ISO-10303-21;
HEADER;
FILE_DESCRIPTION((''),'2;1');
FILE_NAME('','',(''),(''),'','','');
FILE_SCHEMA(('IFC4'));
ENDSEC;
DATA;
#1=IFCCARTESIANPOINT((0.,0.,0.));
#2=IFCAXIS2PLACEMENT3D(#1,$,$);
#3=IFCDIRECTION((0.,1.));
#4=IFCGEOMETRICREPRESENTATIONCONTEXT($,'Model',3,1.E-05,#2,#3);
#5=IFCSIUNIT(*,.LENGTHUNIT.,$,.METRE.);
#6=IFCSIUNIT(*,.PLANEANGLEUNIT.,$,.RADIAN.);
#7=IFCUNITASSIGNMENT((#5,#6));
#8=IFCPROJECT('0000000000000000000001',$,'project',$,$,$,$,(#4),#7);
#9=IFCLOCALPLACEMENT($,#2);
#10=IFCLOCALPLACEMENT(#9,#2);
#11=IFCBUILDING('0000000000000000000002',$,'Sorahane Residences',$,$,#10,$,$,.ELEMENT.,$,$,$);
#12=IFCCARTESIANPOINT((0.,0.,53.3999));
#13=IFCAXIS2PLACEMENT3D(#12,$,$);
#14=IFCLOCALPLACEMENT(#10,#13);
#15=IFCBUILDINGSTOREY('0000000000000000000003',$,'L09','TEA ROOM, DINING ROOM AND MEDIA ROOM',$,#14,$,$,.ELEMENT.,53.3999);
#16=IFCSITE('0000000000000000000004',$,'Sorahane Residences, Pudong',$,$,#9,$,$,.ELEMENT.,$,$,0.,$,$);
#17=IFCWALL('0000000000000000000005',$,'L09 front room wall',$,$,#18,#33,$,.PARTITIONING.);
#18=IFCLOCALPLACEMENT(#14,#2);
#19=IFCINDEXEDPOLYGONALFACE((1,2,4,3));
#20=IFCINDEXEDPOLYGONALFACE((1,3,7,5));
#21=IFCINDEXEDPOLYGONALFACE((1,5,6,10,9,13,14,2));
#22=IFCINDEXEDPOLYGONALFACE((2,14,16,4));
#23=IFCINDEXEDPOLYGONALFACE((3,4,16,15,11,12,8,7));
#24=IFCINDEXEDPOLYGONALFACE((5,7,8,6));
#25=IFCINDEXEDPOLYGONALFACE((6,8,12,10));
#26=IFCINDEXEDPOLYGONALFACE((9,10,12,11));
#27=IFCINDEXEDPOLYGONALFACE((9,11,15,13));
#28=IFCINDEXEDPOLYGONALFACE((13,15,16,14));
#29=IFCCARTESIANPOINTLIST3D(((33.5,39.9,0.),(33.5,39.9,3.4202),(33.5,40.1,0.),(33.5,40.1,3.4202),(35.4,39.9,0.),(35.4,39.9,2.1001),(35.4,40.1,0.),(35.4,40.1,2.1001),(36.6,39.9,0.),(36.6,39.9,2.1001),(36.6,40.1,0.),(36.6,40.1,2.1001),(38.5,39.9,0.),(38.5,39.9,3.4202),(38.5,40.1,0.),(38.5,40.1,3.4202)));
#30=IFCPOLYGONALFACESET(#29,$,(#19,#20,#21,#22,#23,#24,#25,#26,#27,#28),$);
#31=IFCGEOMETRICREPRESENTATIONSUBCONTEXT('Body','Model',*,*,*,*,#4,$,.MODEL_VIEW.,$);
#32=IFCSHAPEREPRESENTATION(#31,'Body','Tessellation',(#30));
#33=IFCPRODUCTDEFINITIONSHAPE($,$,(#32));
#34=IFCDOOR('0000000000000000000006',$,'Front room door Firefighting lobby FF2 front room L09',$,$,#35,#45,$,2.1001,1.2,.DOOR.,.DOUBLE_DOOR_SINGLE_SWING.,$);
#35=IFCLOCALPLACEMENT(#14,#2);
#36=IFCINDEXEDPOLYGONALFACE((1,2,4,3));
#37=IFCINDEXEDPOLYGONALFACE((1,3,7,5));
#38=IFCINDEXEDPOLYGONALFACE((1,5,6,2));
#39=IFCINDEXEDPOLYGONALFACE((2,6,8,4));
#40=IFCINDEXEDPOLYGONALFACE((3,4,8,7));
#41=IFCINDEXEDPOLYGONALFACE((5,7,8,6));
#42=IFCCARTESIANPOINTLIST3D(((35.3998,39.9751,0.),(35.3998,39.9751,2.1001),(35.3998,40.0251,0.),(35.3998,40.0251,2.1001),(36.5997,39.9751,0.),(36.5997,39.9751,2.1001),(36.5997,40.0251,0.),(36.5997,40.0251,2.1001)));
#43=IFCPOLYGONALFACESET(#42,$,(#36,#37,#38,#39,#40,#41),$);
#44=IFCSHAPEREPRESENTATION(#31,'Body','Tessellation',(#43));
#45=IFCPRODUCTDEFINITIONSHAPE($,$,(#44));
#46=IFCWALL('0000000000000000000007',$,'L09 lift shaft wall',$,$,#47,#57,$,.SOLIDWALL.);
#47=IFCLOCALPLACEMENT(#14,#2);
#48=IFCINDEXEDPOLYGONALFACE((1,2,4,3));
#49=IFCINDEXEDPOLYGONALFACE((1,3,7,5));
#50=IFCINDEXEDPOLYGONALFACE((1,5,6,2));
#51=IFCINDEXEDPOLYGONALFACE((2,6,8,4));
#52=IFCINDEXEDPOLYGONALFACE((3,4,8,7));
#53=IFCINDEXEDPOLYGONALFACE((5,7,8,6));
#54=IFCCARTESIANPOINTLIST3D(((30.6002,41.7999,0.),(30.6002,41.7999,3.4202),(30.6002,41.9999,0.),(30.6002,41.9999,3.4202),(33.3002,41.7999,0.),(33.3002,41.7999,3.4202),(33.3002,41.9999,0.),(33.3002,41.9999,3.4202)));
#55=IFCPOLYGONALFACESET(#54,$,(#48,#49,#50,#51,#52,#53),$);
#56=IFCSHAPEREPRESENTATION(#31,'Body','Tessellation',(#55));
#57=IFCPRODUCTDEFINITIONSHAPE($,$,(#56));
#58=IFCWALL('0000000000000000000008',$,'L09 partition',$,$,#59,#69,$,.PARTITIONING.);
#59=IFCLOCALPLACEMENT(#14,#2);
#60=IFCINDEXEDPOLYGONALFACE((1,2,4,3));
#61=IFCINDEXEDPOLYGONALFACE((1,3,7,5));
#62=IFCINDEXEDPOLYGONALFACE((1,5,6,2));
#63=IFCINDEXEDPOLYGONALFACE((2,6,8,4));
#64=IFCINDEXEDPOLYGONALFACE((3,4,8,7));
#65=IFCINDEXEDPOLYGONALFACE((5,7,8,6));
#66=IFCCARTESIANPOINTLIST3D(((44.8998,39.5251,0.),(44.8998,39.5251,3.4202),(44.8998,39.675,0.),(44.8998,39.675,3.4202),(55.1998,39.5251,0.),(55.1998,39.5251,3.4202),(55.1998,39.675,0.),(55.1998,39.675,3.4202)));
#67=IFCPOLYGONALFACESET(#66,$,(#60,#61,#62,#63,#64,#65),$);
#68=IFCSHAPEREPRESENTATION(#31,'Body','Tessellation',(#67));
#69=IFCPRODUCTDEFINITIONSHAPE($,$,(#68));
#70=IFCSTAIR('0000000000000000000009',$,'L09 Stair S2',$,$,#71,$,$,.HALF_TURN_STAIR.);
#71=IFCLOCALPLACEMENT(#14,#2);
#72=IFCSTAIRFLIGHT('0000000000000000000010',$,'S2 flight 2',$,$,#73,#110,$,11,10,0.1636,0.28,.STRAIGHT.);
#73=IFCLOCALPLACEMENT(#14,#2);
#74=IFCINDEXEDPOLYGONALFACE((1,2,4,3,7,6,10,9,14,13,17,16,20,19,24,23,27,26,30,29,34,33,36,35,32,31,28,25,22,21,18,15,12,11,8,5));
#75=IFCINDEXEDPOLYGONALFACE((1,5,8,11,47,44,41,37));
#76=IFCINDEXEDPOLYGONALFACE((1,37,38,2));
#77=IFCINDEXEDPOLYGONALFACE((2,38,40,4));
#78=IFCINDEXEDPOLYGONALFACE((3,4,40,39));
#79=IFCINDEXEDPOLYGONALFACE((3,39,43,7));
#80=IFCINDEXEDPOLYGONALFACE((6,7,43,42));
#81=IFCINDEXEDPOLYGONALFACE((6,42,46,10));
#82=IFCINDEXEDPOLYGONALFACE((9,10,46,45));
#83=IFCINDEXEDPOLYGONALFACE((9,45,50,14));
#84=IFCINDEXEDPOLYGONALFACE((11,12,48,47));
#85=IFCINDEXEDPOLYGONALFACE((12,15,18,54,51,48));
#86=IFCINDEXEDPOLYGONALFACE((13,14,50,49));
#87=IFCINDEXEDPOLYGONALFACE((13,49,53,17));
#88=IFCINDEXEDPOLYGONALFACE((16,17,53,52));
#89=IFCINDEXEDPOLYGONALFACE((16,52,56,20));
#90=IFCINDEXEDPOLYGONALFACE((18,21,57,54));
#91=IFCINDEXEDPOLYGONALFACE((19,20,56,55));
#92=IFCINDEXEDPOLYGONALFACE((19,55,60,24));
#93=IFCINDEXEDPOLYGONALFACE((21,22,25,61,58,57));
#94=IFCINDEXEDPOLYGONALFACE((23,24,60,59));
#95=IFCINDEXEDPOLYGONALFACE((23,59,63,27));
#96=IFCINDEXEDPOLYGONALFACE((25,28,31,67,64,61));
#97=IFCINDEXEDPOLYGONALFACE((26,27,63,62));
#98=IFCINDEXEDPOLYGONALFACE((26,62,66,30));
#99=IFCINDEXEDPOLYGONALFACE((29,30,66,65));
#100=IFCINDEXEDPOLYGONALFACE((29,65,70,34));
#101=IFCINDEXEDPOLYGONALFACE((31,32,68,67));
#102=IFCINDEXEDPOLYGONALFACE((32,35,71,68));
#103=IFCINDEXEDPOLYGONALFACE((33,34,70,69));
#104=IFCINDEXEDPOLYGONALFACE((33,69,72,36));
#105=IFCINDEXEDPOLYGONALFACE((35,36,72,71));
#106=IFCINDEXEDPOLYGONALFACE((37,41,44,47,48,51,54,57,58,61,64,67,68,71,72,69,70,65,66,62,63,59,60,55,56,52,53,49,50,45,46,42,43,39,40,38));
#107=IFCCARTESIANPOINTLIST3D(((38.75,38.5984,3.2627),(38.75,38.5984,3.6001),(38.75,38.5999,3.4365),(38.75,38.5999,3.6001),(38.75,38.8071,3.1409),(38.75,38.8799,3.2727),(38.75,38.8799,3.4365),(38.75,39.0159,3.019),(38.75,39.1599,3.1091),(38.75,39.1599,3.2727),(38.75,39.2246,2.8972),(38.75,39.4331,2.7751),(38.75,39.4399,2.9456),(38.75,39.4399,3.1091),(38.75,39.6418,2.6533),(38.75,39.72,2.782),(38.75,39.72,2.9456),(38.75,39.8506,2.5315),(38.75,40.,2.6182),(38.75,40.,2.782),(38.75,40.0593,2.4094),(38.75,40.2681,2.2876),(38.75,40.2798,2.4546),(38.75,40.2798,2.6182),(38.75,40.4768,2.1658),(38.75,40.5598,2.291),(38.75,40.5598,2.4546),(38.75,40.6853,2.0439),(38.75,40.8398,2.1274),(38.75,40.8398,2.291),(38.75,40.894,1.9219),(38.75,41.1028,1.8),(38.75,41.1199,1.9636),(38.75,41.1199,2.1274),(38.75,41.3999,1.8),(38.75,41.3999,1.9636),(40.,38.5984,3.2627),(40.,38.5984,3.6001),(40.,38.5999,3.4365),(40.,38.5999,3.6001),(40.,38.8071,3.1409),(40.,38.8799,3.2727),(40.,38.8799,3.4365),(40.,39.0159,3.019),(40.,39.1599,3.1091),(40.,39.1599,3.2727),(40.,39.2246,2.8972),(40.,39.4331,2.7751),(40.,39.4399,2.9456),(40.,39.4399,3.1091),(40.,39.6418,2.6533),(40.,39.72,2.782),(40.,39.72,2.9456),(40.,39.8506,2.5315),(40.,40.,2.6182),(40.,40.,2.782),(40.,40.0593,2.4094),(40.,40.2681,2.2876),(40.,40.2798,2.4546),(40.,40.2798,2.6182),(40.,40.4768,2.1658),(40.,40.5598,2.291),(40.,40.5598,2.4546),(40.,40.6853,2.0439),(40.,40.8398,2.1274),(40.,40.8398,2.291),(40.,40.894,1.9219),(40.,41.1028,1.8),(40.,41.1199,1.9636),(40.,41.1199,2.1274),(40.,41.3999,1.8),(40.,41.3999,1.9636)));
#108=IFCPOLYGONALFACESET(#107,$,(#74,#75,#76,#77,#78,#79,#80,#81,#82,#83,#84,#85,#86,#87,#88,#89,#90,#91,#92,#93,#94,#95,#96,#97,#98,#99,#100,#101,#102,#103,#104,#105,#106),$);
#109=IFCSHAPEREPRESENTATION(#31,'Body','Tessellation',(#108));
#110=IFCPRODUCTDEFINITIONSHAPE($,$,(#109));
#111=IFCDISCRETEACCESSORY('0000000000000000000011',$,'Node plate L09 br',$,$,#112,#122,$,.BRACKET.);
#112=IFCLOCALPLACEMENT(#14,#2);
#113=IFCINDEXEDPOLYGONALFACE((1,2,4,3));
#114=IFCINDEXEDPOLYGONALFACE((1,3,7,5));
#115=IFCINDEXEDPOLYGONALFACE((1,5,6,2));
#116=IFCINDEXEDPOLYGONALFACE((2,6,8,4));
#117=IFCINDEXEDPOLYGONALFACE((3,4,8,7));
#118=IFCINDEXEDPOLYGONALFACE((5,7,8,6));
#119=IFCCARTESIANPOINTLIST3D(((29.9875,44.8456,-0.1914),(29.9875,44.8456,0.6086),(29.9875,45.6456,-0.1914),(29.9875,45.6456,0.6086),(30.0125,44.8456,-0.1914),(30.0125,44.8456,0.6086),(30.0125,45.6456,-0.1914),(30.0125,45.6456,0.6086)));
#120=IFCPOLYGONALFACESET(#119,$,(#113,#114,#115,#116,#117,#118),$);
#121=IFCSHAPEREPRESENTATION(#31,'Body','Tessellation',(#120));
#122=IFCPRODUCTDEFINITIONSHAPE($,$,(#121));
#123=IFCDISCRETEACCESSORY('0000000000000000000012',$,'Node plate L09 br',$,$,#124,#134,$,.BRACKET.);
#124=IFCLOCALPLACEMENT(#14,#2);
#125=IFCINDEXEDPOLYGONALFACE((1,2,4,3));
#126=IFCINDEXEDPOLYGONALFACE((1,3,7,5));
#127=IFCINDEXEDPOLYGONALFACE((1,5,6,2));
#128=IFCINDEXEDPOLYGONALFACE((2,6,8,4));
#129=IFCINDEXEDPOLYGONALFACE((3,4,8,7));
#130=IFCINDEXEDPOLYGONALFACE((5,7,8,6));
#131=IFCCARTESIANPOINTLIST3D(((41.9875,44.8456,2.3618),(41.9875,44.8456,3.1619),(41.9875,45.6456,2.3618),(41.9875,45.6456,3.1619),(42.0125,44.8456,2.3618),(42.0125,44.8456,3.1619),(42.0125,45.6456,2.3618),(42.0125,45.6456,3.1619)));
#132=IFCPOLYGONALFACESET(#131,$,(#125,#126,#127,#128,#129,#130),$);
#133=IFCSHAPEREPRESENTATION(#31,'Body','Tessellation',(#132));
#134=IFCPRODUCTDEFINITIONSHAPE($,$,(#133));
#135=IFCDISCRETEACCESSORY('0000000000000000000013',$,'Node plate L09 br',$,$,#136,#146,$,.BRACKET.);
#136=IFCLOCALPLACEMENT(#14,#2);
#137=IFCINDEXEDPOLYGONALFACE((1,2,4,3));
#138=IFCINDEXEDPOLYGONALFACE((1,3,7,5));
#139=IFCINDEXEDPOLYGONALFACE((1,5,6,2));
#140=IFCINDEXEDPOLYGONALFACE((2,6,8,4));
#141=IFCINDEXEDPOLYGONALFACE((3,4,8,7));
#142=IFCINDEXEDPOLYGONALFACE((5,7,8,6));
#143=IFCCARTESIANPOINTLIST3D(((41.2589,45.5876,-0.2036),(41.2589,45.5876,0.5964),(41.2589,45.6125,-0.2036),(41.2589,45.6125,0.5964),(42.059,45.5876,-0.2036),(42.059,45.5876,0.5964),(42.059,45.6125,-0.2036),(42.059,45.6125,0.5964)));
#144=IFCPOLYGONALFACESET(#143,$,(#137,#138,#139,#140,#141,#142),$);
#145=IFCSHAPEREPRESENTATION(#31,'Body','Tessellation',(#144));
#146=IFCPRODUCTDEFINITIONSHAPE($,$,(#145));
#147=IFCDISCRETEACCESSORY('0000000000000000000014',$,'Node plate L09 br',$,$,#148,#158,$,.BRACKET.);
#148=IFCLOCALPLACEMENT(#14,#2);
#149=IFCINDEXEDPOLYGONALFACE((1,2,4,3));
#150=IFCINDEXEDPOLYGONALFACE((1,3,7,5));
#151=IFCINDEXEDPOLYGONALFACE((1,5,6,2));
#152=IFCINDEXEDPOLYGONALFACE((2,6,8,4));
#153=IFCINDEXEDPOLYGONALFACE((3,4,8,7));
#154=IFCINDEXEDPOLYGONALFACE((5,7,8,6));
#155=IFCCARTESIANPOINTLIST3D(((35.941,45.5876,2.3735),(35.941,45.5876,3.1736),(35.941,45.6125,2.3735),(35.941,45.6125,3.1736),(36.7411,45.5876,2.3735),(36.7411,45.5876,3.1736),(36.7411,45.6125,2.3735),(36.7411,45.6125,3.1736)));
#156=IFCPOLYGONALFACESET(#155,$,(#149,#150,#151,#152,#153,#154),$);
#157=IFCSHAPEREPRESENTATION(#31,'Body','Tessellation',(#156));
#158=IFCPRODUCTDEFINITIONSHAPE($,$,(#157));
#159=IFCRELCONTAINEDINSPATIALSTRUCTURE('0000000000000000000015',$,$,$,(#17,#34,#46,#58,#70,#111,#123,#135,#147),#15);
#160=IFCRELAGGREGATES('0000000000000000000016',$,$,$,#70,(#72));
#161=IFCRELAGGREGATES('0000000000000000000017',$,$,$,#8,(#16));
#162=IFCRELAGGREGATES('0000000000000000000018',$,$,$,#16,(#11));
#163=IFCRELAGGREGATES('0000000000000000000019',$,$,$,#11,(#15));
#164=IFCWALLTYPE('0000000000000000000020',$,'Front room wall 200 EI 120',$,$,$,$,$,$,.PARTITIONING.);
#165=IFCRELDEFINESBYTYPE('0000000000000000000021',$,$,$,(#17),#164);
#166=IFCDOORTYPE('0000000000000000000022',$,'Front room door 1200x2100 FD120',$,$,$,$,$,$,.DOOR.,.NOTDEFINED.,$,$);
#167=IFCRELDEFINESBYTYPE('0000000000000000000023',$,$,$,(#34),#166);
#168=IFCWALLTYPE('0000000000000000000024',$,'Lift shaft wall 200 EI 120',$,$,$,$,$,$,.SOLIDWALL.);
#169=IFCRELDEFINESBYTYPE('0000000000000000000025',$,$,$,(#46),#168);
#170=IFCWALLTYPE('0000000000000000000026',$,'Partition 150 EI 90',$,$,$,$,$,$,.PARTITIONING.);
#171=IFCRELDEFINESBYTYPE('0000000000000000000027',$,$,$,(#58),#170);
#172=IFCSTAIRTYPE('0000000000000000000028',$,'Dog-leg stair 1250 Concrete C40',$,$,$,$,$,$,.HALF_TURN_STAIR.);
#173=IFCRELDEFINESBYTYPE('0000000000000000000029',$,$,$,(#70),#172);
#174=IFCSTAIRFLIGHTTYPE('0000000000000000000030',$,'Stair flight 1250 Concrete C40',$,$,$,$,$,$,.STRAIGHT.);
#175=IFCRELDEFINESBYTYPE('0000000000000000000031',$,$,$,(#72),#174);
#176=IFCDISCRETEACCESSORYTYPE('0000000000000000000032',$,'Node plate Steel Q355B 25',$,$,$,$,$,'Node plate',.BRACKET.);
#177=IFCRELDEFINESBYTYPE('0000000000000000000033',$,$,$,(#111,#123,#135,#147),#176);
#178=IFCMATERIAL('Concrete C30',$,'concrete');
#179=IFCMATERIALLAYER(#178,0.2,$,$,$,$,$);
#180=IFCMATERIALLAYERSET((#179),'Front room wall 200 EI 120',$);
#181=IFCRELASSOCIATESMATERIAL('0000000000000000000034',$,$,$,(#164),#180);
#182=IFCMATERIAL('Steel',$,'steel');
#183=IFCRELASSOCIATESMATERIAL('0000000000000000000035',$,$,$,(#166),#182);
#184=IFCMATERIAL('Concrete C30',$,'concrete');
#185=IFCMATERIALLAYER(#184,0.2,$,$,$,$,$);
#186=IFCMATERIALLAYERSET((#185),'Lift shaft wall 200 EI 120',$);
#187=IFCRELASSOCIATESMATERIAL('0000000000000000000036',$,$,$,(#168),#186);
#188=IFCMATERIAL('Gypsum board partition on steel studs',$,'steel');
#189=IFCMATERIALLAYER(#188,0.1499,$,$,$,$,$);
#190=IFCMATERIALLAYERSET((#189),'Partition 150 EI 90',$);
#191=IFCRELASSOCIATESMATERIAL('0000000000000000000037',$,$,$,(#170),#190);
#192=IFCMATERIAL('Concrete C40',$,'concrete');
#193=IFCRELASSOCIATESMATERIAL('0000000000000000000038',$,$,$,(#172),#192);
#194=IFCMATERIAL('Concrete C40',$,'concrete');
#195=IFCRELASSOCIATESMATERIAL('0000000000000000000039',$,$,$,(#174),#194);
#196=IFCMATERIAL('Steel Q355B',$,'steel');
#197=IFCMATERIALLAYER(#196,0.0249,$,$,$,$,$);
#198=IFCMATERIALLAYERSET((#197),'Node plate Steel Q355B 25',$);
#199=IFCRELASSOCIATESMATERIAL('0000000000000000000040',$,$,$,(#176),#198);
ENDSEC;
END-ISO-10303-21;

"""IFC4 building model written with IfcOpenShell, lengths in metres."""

from ifc_helpers import new_model, si_unit, direction, frame, frame_2d, origin, origin_2d, place, context, subcontext, project, spatial, polyline, rectangle, outline, extrude, material, layer, layer_set, type_object, element, fill, aggregate, save


model = new_model("IFC4")

# Units and contexts
model_context = context("Model", 3, precision=1e-05, world=origin(), true_north=direction((0.0, 1.0)))
body_context = subcontext(model_context, "Body", "Model", "MODEL_VIEW")
ifc_project = project(units=[si_unit("LENGTHUNIT", "METRE"), si_unit("PLANEANGLEUNIT", "RADIAN")], contexts=[model_context])

# Site, building, storey
site_placement = place(None, origin())
site = spatial("IfcSite", under=ifc_project, at=site_placement, Name="Sorahane Residences, Pudong", CompositionType="ELEMENT", RefElevation=0.0)
building_placement = place(site_placement, origin())
building = spatial("IfcBuilding", under=site, at=building_placement, Name="Sorahane Residences", CompositionType="ELEMENT")
storey_placement = place(building_placement, frame((0.0, 0.0, 53.3999)))
storey = spatial("IfcBuildingStorey", under=building, at=storey_placement, Name="L09", Description="TEA ROOM, DINING ROOM AND MEDIA ROOM", CompositionType="ELEMENT", Elevation=53.3999)

# Wall, opening, door
ifc_material_1 = material(Name="Concrete C30", Category="concrete")
ifc_layer_1 = layer(ifc_material_1, 0.2)
ifc_layer_set_1 = layer_set([ifc_layer_1], Name="Front room wall 200 EI 120")
wall_type_1 = type_object("IfcWallType", Name="Front room wall 200 EI 120", PredefinedType="PARTITIONING", material=ifc_layer_set_1)
wall_1_placement = place(storey_placement, frame((33.5, 40.0, 0.0), z_axis=(0.0, 0.0, 1.0), x_axis=(1.0, 0.0, 0.0)))
wall_1 = element("IfcWall", 1, at=wall_1_placement, inside=storey, type_object=wall_type_1, Name="L09 front room wall", PredefinedType="PARTITIONING", context=body_context, shape_type="SweptSolid", body=[
    extrude(rectangle(XDim=5.0, YDim=0.2, at=frame_2d((2.5, 0.0))), origin(), (0.0, 0.0, 1.0), 3.4202),
])
opening_placement = place(wall_1_placement, frame((1.8999, 0.0, 0.0)))
opening = element("IfcOpeningElement", 2, at=opening_placement, cuts=wall_1, PredefinedType="OPENING", context=body_context, shape_type="SweptSolid", body=[
    extrude(rectangle(XDim=1.2, YDim=2.1001, at=frame_2d((0.6001, 1.05))), frame((0.0, 0.1099, 0.0), z_axis=(0.0, -1.0, 0.0), x_axis=(1.0, 0.0, 0.0)), (0.0, 0.0, 1.0), 0.22),
])
ifc_material_2 = material(Name="Steel", Category="steel")
door_type = type_object("IfcDoorType", Name="Front room door 1200x2100 FD120", OperationType="NOTDEFINED", PredefinedType="DOOR", material=ifc_material_2)
door_placement = place(opening_placement, frame((1.2, 0.0, 0.0), z_axis=(0.0, 0.0, 1.0), x_axis=(-1.0, 0.0, 0.0)))
door = element("IfcDoor", 3, at=door_placement, inside=storey, type_object=door_type, Name="Front room door Firefighting lobby FF2 front room L09", OperationType="DOUBLE_DOOR_SINGLE_SWING", OverallHeight=2.1001, OverallWidth=1.2, PredefinedType="DOOR", context=body_context, shape_type="SweptSolid", body=[
    extrude(rectangle(XDim=1.2, YDim=2.1001, at=frame_2d((0.6001, 1.05))), frame((0.0, 0.0249, 0.0), z_axis=(0.0, -1.0, 0.0), x_axis=(1.0, 0.0, 0.0)), (0.0, 0.0, 1.0), 0.05),
])
fill(opening, door)

# Walls
ifc_material_3 = material(Name="Concrete C30", Category="concrete")
ifc_layer_2 = layer(ifc_material_3, 0.2)
ifc_layer_set_2 = layer_set([ifc_layer_2], Name="Lift shaft wall 200 EI 120")
wall_type_2 = type_object("IfcWallType", Name="Lift shaft wall 200 EI 120", PredefinedType="SOLIDWALL", material=ifc_layer_set_2)
wall_2_placement = place(storey_placement, frame((30.6001, 41.8999, 0.0), z_axis=(0.0, 0.0, 1.0), x_axis=(1.0, 0.0, 0.0)))
element("IfcWall", 4, at=wall_2_placement, inside=storey, type_object=wall_type_2, Name="L09 lift shaft wall", PredefinedType="SOLIDWALL", context=body_context, shape_type="SweptSolid", body=[
    extrude(rectangle(XDim=2.7, YDim=0.2, at=frame_2d((1.3501, 0.0))), origin(), (0.0, 0.0, 1.0), 3.4202),
])
ifc_material_4 = material(Name="Gypsum board partition on steel studs", Category="steel")
ifc_layer_3 = layer(ifc_material_4, 0.1499)
ifc_layer_set_3 = layer_set([ifc_layer_3], Name="Partition 150 EI 90")
wall_type_3 = type_object("IfcWallType", Name="Partition 150 EI 90", PredefinedType="PARTITIONING", material=ifc_layer_set_3)
wall_3_placement = place(storey_placement, frame((44.8999, 39.6001, 0.0), z_axis=(0.0, 0.0, 1.0), x_axis=(1.0, 0.0, 0.0)))
element("IfcWall", 5, at=wall_3_placement, inside=storey, type_object=wall_type_3, Name="L09 partition", PredefinedType="PARTITIONING", context=body_context, shape_type="SweptSolid", body=[
    extrude(rectangle(XDim=10.3, YDim=0.1499, at=frame_2d((5.1499, 0.0))), origin(), (0.0, 0.0, 1.0), 3.4202),
])

# Stair, stair flight
ifc_material_5 = material(Name="Concrete C40", Category="concrete")
stair_type = type_object("IfcStairType", Name="Dog-leg stair 1250 Concrete C40", PredefinedType="HALF_TURN_STAIR", material=ifc_material_5)
stair_placement = place(storey_placement, origin())
stair = element("IfcStair", 6, at=stair_placement, inside=storey, type_object=stair_type, Name="L09 Stair S2", PredefinedType="HALF_TURN_STAIR")
ifc_material_6 = material(Name="Concrete C40", Category="concrete")
stair_flight_type = type_object("IfcStairFlightType", Name="Stair flight 1250 Concrete C40", PredefinedType="STRAIGHT", material=ifc_material_6)
stair_flight_placement = place(storey_placement, frame((39.375, 41.3999, 1.8), z_axis=(0.0, 0.0, 1.0), x_axis=(0.0, -1.0, 0.0)))
stair_flight = element("IfcStairFlight", 7, at=stair_flight_placement, type_object=stair_flight_type, Name="S2 flight 2", NumberOfRisers=11, NumberOfTreads=10, PredefinedType="STRAIGHT", RiserHeight=0.1636, TreadLength=0.28, context=body_context, shape_type="SweptSolid", body=[
    extrude(outline(polyline([(0.0, 0.0), (0.0, 0.1636), (0.28, 0.1636), (0.28, 0.3274), (0.5601, 0.3274), (0.5601, 0.491), (0.8401, 0.491), (0.8401, 0.6545), (1.1201, 0.6545), (1.1201, 0.8181), (1.3999, 0.8181), (1.3999, 0.9819), (1.6799, 0.9819), (1.6799, 1.1455), (1.96, 1.1455), (1.96, 1.3091), (2.24, 1.3091), (2.24, 1.4727), (2.52, 1.4727), (2.52, 1.6365), (2.8, 1.6365), (2.8, 1.8), (2.8015, 1.8), (2.8015, 1.4626), (2.5928, 1.3408), (2.384, 1.219), (2.1753, 1.0972), (1.9668, 0.9751), (1.7581, 0.8533), (1.5493, 0.7314), (1.3406, 0.6094), (1.1318, 0.4875), (0.9231, 0.3657), (0.7146, 0.2439), (0.5059, 0.1218), (0.2971, 0.0), (0.0, 0.0)])), frame((0.0, 0.625, 0.0), z_axis=(0.0, -1.0, 0.0), x_axis=(1.0, 0.0, 0.0)), (0.0, 0.0, 1.0), 1.25),
])
aggregate(stair, [stair_flight])

# Discrete accessories
ifc_material_7 = material(Name="Steel Q355B", Category="steel")
ifc_layer_4 = layer(ifc_material_7, 0.0249)
ifc_layer_set_4 = layer_set([ifc_layer_4], Name="Node plate Steel Q355B 25")
discrete_accessory_type = type_object("IfcDiscreteAccessoryType", Name="Node plate Steel Q355B 25", ElementType="Node plate", PredefinedType="BRACKET", material=ifc_layer_set_4)
for number, where, z_axis, x_axis, name in (
    (8, (30.0, 45.2456, -0.1914), (0.0, 0.0, 1.0), (0.0, 1.0, 0.0), "Node plate L09 br"),
    (9, (42.0, 45.2456, 2.3618), (0.0, 0.0, 1.0), (0.0, 1.0, 0.0), "Node plate L09 br"),
    (10, (41.6589, 45.6001, -0.2036), (0.0, 0.0, 1.0), (1.0, 0.0, 0.0), "Node plate L09 br"),
    (11, (36.3411, 45.6001, 2.3735), (0.0, 0.0, 1.0), (1.0, 0.0, 0.0), "Node plate L09 br"),
):
    element("IfcDiscreteAccessory", number, at=place(storey_placement, frame(where, z_axis=z_axis, x_axis=x_axis)), inside=storey, type_object=discrete_accessory_type, Name=name, PredefinedType="BRACKET", context=body_context, shape_type="SweptSolid", body=[
        extrude(rectangle(XDim=0.8, YDim=0.0249, at=origin_2d()), origin(), (0.0, 0.0, 1.0), 0.8),
    ])

save(model, "model.ifc")
